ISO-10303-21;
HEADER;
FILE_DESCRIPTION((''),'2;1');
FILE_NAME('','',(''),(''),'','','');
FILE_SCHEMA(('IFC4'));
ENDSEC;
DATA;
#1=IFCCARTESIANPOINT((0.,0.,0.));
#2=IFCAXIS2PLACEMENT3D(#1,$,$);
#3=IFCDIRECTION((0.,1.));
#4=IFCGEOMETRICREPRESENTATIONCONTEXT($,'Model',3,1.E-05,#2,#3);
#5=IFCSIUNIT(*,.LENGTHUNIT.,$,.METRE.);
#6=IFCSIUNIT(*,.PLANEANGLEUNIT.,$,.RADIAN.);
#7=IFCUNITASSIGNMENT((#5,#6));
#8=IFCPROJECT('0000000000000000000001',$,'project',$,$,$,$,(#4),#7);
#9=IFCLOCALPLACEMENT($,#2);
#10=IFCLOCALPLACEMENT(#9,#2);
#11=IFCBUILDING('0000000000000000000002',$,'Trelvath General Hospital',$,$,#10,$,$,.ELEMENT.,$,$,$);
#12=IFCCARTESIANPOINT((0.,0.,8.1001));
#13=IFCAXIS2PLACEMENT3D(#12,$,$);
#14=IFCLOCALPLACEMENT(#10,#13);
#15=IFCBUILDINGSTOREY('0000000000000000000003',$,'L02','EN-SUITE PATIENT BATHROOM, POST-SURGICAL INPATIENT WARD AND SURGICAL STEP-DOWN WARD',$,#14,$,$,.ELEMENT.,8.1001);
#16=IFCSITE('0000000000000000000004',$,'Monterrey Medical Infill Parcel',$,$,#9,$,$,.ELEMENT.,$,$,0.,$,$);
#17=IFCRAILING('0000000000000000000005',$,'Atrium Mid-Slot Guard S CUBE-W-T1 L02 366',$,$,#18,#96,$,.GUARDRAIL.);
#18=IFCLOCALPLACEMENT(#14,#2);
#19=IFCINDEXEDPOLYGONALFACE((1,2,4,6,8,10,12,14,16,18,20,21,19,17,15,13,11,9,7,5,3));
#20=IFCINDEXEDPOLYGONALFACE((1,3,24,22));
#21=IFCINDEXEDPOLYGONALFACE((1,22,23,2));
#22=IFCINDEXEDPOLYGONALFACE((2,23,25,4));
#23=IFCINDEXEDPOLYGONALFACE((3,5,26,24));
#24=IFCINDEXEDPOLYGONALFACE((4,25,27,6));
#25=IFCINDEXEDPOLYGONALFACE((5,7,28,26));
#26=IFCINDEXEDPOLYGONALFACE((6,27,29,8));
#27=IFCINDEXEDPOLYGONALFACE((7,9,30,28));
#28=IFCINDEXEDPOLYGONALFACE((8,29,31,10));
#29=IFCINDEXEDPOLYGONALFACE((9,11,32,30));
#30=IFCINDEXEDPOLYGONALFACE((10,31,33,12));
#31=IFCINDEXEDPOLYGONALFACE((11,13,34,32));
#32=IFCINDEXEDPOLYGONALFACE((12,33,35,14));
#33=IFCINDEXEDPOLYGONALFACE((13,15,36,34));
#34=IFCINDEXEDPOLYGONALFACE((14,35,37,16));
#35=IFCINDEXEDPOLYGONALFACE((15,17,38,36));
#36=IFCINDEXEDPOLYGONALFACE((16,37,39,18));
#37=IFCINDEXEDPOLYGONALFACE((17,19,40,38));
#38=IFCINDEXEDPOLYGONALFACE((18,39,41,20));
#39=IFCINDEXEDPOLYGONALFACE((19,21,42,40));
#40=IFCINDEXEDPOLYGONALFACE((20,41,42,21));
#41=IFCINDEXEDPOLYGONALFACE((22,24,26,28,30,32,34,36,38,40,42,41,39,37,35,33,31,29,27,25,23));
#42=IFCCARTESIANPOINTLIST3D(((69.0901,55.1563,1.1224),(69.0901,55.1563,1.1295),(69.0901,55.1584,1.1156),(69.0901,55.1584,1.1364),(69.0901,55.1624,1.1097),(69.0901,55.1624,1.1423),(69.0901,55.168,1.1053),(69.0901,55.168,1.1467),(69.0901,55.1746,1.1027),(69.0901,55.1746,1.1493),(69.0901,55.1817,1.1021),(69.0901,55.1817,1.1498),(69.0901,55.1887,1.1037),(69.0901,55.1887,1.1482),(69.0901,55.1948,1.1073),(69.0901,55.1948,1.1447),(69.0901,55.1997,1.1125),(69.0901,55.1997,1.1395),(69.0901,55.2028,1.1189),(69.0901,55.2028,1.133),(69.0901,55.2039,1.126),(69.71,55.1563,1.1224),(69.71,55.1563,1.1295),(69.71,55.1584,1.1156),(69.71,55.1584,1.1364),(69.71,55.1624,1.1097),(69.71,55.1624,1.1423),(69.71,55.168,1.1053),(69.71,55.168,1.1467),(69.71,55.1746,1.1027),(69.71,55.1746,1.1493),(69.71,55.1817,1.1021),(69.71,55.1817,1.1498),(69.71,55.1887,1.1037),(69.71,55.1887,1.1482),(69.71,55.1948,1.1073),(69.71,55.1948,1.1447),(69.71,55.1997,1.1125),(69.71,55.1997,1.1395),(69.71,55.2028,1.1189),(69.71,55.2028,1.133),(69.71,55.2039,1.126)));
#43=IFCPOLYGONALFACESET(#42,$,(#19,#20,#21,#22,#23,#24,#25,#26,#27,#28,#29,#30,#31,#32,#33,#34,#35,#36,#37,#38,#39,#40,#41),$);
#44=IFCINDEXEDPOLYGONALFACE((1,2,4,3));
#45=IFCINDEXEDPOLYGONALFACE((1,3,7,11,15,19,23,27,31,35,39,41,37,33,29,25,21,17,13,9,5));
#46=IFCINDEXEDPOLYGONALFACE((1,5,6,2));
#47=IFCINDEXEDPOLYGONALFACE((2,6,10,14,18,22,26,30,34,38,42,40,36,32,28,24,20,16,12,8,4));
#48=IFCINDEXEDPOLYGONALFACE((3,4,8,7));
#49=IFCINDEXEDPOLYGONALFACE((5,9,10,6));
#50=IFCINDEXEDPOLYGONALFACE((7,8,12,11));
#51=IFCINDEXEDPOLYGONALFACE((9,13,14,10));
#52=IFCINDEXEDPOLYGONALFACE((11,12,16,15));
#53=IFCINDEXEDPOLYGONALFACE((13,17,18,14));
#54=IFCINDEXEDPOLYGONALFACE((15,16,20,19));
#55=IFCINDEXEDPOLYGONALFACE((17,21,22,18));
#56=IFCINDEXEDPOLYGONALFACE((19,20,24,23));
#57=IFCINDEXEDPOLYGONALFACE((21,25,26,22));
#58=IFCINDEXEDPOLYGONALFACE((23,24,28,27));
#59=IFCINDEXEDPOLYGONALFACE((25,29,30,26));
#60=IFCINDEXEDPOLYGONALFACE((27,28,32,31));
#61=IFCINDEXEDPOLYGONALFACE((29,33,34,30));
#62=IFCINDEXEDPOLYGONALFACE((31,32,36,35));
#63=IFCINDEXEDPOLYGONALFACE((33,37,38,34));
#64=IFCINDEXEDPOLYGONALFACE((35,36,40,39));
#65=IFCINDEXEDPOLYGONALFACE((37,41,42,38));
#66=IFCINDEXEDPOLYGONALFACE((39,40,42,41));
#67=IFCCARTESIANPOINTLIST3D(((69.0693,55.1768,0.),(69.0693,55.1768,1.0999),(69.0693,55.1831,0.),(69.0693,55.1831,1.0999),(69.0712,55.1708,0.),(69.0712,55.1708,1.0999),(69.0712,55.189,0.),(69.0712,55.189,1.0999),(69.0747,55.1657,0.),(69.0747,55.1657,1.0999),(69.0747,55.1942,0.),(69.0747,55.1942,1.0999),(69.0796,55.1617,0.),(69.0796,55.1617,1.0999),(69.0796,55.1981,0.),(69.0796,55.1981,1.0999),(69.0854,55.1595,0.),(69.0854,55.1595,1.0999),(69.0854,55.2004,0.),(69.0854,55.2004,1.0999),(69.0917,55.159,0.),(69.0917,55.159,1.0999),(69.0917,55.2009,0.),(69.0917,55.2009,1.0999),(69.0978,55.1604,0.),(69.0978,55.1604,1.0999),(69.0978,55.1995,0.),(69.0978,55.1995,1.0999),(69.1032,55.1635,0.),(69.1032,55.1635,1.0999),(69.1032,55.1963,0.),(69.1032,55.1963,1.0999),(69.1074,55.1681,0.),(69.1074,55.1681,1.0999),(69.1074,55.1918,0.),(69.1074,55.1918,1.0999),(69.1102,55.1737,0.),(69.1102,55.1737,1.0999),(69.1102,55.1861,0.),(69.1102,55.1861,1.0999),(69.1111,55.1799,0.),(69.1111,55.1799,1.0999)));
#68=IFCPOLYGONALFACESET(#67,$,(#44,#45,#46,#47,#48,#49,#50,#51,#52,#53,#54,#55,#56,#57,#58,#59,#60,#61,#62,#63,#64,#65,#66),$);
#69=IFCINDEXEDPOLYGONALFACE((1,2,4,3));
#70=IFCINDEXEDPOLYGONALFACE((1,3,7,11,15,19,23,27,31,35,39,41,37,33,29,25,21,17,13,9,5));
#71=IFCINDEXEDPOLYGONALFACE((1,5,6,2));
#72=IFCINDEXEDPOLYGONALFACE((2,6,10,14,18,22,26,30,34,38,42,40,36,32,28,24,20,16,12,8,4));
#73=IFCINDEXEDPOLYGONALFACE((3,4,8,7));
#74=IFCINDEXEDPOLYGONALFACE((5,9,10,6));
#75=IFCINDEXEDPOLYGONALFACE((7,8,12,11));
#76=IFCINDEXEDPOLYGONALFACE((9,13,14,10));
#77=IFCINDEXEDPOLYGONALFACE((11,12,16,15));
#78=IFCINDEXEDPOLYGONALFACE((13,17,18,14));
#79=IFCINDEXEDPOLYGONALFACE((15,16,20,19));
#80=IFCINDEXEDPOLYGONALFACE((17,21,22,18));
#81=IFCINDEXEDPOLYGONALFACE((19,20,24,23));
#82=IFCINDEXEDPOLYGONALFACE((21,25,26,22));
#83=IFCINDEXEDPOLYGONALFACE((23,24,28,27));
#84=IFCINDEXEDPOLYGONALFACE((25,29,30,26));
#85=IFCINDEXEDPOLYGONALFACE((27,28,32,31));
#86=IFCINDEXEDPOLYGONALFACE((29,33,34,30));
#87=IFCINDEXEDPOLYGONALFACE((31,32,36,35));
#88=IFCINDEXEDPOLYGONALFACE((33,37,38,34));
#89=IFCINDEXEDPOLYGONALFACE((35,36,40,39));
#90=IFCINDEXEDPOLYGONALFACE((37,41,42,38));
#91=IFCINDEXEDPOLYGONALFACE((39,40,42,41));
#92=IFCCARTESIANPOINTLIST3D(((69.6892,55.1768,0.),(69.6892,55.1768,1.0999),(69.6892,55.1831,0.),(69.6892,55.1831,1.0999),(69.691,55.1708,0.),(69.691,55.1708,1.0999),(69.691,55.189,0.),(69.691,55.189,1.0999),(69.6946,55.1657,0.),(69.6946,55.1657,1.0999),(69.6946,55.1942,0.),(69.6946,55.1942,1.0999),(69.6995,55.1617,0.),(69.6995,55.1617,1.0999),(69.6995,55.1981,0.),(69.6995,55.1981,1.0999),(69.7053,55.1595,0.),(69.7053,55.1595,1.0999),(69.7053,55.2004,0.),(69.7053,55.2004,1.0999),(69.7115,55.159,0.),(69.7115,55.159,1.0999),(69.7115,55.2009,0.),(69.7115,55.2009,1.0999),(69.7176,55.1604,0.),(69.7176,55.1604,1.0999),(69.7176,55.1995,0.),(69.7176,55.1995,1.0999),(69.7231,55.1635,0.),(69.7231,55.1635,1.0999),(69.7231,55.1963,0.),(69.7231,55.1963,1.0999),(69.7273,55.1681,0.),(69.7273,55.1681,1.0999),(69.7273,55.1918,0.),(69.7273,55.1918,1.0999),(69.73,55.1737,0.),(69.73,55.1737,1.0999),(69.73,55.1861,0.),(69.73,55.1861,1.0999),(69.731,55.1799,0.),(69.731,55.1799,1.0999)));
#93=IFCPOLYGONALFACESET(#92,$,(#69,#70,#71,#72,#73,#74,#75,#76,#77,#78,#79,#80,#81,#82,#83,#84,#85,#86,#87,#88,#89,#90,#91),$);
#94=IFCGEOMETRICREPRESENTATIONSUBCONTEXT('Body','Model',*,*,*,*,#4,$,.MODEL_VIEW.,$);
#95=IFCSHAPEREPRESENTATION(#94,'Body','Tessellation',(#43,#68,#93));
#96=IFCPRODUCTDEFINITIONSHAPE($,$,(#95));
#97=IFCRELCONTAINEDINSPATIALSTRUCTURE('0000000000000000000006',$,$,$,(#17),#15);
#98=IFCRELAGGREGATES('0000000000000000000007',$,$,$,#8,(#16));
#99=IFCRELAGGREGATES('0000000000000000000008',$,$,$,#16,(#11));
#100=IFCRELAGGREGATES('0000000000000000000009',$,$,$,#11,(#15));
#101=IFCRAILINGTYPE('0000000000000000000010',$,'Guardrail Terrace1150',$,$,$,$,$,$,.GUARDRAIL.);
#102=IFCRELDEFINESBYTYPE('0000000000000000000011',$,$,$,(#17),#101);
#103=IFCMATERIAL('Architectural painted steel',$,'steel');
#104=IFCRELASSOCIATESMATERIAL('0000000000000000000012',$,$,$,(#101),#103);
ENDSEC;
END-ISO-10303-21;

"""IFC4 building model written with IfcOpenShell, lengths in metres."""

from ifc_helpers import new_model, si_unit, direction, frame, origin, origin_2d, place, context, subcontext, project, spatial, circle, extrude, material, type_object, element, save


model = new_model("IFC4")

# Units and contexts
model_context = context("Model", 3, precision=1e-05, world=origin(), true_north=direction((0.0, 1.0)))
body_context = subcontext(model_context, "Body", "Model", "MODEL_VIEW")
ifc_project = project(units=[si_unit("LENGTHUNIT", "METRE"), si_unit("PLANEANGLEUNIT", "RADIAN")], contexts=[model_context])

# Site, building, storey
site_placement = place(None, origin())
site = spatial("IfcSite", under=ifc_project, at=site_placement, Name="Monterrey Medical Infill Parcel", CompositionType="ELEMENT", RefElevation=0.0)
building_placement = place(site_placement, origin())
building = spatial("IfcBuilding", under=site, at=building_placement, Name="Trelvath General Hospital", CompositionType="ELEMENT")
storey_placement = place(building_placement, frame((0.0, 0.0, 8.1001)))
storey = spatial("IfcBuildingStorey", under=building, at=storey_placement, Name="L02", Description="EN-SUITE PATIENT BATHROOM, POST-SURGICAL INPATIENT WARD AND SURGICAL STEP-DOWN WARD", CompositionType="ELEMENT", Elevation=8.1001)

# Railing
ifc_material_1 = material(Name="Architectural painted steel", Category="steel")
railing_type_1 = type_object("IfcRailingType", Name="Guardrail Terrace1150", PredefinedType="GUARDRAIL", material=ifc_material_1)
railing_1_placement = place(storey_placement, frame((69.0901, 55.1799, 0.0)))
element("IfcRailing", 1, at=railing_1_placement, inside=storey, type_object=railing_type_1, Name="Atrium Mid-Slot Guard S CUBE-W-T1 L02 366", PredefinedType="GUARDRAIL", context=body_context, shape_type="SweptSolid", body=[
    extrude(circle(Radius=0.0239, at=origin_2d()), frame((0.0, 0.0, 1.126), z_axis=(1.0, 0.0, 0.0), x_axis=(0.0, 1.0, 0.0)), (0.0, 0.0, 1.0), 0.6199),
    extrude(circle(Radius=0.021, at=origin_2d()), origin(), (0.0, 0.0, 1.0), 1.0999),
    extrude(circle(Radius=0.021, at=origin_2d()), frame((0.6199, 0.0, 0.0)), (0.0, 0.0, 1.0), 1.0999),
])

save(model, "model.ifc")
